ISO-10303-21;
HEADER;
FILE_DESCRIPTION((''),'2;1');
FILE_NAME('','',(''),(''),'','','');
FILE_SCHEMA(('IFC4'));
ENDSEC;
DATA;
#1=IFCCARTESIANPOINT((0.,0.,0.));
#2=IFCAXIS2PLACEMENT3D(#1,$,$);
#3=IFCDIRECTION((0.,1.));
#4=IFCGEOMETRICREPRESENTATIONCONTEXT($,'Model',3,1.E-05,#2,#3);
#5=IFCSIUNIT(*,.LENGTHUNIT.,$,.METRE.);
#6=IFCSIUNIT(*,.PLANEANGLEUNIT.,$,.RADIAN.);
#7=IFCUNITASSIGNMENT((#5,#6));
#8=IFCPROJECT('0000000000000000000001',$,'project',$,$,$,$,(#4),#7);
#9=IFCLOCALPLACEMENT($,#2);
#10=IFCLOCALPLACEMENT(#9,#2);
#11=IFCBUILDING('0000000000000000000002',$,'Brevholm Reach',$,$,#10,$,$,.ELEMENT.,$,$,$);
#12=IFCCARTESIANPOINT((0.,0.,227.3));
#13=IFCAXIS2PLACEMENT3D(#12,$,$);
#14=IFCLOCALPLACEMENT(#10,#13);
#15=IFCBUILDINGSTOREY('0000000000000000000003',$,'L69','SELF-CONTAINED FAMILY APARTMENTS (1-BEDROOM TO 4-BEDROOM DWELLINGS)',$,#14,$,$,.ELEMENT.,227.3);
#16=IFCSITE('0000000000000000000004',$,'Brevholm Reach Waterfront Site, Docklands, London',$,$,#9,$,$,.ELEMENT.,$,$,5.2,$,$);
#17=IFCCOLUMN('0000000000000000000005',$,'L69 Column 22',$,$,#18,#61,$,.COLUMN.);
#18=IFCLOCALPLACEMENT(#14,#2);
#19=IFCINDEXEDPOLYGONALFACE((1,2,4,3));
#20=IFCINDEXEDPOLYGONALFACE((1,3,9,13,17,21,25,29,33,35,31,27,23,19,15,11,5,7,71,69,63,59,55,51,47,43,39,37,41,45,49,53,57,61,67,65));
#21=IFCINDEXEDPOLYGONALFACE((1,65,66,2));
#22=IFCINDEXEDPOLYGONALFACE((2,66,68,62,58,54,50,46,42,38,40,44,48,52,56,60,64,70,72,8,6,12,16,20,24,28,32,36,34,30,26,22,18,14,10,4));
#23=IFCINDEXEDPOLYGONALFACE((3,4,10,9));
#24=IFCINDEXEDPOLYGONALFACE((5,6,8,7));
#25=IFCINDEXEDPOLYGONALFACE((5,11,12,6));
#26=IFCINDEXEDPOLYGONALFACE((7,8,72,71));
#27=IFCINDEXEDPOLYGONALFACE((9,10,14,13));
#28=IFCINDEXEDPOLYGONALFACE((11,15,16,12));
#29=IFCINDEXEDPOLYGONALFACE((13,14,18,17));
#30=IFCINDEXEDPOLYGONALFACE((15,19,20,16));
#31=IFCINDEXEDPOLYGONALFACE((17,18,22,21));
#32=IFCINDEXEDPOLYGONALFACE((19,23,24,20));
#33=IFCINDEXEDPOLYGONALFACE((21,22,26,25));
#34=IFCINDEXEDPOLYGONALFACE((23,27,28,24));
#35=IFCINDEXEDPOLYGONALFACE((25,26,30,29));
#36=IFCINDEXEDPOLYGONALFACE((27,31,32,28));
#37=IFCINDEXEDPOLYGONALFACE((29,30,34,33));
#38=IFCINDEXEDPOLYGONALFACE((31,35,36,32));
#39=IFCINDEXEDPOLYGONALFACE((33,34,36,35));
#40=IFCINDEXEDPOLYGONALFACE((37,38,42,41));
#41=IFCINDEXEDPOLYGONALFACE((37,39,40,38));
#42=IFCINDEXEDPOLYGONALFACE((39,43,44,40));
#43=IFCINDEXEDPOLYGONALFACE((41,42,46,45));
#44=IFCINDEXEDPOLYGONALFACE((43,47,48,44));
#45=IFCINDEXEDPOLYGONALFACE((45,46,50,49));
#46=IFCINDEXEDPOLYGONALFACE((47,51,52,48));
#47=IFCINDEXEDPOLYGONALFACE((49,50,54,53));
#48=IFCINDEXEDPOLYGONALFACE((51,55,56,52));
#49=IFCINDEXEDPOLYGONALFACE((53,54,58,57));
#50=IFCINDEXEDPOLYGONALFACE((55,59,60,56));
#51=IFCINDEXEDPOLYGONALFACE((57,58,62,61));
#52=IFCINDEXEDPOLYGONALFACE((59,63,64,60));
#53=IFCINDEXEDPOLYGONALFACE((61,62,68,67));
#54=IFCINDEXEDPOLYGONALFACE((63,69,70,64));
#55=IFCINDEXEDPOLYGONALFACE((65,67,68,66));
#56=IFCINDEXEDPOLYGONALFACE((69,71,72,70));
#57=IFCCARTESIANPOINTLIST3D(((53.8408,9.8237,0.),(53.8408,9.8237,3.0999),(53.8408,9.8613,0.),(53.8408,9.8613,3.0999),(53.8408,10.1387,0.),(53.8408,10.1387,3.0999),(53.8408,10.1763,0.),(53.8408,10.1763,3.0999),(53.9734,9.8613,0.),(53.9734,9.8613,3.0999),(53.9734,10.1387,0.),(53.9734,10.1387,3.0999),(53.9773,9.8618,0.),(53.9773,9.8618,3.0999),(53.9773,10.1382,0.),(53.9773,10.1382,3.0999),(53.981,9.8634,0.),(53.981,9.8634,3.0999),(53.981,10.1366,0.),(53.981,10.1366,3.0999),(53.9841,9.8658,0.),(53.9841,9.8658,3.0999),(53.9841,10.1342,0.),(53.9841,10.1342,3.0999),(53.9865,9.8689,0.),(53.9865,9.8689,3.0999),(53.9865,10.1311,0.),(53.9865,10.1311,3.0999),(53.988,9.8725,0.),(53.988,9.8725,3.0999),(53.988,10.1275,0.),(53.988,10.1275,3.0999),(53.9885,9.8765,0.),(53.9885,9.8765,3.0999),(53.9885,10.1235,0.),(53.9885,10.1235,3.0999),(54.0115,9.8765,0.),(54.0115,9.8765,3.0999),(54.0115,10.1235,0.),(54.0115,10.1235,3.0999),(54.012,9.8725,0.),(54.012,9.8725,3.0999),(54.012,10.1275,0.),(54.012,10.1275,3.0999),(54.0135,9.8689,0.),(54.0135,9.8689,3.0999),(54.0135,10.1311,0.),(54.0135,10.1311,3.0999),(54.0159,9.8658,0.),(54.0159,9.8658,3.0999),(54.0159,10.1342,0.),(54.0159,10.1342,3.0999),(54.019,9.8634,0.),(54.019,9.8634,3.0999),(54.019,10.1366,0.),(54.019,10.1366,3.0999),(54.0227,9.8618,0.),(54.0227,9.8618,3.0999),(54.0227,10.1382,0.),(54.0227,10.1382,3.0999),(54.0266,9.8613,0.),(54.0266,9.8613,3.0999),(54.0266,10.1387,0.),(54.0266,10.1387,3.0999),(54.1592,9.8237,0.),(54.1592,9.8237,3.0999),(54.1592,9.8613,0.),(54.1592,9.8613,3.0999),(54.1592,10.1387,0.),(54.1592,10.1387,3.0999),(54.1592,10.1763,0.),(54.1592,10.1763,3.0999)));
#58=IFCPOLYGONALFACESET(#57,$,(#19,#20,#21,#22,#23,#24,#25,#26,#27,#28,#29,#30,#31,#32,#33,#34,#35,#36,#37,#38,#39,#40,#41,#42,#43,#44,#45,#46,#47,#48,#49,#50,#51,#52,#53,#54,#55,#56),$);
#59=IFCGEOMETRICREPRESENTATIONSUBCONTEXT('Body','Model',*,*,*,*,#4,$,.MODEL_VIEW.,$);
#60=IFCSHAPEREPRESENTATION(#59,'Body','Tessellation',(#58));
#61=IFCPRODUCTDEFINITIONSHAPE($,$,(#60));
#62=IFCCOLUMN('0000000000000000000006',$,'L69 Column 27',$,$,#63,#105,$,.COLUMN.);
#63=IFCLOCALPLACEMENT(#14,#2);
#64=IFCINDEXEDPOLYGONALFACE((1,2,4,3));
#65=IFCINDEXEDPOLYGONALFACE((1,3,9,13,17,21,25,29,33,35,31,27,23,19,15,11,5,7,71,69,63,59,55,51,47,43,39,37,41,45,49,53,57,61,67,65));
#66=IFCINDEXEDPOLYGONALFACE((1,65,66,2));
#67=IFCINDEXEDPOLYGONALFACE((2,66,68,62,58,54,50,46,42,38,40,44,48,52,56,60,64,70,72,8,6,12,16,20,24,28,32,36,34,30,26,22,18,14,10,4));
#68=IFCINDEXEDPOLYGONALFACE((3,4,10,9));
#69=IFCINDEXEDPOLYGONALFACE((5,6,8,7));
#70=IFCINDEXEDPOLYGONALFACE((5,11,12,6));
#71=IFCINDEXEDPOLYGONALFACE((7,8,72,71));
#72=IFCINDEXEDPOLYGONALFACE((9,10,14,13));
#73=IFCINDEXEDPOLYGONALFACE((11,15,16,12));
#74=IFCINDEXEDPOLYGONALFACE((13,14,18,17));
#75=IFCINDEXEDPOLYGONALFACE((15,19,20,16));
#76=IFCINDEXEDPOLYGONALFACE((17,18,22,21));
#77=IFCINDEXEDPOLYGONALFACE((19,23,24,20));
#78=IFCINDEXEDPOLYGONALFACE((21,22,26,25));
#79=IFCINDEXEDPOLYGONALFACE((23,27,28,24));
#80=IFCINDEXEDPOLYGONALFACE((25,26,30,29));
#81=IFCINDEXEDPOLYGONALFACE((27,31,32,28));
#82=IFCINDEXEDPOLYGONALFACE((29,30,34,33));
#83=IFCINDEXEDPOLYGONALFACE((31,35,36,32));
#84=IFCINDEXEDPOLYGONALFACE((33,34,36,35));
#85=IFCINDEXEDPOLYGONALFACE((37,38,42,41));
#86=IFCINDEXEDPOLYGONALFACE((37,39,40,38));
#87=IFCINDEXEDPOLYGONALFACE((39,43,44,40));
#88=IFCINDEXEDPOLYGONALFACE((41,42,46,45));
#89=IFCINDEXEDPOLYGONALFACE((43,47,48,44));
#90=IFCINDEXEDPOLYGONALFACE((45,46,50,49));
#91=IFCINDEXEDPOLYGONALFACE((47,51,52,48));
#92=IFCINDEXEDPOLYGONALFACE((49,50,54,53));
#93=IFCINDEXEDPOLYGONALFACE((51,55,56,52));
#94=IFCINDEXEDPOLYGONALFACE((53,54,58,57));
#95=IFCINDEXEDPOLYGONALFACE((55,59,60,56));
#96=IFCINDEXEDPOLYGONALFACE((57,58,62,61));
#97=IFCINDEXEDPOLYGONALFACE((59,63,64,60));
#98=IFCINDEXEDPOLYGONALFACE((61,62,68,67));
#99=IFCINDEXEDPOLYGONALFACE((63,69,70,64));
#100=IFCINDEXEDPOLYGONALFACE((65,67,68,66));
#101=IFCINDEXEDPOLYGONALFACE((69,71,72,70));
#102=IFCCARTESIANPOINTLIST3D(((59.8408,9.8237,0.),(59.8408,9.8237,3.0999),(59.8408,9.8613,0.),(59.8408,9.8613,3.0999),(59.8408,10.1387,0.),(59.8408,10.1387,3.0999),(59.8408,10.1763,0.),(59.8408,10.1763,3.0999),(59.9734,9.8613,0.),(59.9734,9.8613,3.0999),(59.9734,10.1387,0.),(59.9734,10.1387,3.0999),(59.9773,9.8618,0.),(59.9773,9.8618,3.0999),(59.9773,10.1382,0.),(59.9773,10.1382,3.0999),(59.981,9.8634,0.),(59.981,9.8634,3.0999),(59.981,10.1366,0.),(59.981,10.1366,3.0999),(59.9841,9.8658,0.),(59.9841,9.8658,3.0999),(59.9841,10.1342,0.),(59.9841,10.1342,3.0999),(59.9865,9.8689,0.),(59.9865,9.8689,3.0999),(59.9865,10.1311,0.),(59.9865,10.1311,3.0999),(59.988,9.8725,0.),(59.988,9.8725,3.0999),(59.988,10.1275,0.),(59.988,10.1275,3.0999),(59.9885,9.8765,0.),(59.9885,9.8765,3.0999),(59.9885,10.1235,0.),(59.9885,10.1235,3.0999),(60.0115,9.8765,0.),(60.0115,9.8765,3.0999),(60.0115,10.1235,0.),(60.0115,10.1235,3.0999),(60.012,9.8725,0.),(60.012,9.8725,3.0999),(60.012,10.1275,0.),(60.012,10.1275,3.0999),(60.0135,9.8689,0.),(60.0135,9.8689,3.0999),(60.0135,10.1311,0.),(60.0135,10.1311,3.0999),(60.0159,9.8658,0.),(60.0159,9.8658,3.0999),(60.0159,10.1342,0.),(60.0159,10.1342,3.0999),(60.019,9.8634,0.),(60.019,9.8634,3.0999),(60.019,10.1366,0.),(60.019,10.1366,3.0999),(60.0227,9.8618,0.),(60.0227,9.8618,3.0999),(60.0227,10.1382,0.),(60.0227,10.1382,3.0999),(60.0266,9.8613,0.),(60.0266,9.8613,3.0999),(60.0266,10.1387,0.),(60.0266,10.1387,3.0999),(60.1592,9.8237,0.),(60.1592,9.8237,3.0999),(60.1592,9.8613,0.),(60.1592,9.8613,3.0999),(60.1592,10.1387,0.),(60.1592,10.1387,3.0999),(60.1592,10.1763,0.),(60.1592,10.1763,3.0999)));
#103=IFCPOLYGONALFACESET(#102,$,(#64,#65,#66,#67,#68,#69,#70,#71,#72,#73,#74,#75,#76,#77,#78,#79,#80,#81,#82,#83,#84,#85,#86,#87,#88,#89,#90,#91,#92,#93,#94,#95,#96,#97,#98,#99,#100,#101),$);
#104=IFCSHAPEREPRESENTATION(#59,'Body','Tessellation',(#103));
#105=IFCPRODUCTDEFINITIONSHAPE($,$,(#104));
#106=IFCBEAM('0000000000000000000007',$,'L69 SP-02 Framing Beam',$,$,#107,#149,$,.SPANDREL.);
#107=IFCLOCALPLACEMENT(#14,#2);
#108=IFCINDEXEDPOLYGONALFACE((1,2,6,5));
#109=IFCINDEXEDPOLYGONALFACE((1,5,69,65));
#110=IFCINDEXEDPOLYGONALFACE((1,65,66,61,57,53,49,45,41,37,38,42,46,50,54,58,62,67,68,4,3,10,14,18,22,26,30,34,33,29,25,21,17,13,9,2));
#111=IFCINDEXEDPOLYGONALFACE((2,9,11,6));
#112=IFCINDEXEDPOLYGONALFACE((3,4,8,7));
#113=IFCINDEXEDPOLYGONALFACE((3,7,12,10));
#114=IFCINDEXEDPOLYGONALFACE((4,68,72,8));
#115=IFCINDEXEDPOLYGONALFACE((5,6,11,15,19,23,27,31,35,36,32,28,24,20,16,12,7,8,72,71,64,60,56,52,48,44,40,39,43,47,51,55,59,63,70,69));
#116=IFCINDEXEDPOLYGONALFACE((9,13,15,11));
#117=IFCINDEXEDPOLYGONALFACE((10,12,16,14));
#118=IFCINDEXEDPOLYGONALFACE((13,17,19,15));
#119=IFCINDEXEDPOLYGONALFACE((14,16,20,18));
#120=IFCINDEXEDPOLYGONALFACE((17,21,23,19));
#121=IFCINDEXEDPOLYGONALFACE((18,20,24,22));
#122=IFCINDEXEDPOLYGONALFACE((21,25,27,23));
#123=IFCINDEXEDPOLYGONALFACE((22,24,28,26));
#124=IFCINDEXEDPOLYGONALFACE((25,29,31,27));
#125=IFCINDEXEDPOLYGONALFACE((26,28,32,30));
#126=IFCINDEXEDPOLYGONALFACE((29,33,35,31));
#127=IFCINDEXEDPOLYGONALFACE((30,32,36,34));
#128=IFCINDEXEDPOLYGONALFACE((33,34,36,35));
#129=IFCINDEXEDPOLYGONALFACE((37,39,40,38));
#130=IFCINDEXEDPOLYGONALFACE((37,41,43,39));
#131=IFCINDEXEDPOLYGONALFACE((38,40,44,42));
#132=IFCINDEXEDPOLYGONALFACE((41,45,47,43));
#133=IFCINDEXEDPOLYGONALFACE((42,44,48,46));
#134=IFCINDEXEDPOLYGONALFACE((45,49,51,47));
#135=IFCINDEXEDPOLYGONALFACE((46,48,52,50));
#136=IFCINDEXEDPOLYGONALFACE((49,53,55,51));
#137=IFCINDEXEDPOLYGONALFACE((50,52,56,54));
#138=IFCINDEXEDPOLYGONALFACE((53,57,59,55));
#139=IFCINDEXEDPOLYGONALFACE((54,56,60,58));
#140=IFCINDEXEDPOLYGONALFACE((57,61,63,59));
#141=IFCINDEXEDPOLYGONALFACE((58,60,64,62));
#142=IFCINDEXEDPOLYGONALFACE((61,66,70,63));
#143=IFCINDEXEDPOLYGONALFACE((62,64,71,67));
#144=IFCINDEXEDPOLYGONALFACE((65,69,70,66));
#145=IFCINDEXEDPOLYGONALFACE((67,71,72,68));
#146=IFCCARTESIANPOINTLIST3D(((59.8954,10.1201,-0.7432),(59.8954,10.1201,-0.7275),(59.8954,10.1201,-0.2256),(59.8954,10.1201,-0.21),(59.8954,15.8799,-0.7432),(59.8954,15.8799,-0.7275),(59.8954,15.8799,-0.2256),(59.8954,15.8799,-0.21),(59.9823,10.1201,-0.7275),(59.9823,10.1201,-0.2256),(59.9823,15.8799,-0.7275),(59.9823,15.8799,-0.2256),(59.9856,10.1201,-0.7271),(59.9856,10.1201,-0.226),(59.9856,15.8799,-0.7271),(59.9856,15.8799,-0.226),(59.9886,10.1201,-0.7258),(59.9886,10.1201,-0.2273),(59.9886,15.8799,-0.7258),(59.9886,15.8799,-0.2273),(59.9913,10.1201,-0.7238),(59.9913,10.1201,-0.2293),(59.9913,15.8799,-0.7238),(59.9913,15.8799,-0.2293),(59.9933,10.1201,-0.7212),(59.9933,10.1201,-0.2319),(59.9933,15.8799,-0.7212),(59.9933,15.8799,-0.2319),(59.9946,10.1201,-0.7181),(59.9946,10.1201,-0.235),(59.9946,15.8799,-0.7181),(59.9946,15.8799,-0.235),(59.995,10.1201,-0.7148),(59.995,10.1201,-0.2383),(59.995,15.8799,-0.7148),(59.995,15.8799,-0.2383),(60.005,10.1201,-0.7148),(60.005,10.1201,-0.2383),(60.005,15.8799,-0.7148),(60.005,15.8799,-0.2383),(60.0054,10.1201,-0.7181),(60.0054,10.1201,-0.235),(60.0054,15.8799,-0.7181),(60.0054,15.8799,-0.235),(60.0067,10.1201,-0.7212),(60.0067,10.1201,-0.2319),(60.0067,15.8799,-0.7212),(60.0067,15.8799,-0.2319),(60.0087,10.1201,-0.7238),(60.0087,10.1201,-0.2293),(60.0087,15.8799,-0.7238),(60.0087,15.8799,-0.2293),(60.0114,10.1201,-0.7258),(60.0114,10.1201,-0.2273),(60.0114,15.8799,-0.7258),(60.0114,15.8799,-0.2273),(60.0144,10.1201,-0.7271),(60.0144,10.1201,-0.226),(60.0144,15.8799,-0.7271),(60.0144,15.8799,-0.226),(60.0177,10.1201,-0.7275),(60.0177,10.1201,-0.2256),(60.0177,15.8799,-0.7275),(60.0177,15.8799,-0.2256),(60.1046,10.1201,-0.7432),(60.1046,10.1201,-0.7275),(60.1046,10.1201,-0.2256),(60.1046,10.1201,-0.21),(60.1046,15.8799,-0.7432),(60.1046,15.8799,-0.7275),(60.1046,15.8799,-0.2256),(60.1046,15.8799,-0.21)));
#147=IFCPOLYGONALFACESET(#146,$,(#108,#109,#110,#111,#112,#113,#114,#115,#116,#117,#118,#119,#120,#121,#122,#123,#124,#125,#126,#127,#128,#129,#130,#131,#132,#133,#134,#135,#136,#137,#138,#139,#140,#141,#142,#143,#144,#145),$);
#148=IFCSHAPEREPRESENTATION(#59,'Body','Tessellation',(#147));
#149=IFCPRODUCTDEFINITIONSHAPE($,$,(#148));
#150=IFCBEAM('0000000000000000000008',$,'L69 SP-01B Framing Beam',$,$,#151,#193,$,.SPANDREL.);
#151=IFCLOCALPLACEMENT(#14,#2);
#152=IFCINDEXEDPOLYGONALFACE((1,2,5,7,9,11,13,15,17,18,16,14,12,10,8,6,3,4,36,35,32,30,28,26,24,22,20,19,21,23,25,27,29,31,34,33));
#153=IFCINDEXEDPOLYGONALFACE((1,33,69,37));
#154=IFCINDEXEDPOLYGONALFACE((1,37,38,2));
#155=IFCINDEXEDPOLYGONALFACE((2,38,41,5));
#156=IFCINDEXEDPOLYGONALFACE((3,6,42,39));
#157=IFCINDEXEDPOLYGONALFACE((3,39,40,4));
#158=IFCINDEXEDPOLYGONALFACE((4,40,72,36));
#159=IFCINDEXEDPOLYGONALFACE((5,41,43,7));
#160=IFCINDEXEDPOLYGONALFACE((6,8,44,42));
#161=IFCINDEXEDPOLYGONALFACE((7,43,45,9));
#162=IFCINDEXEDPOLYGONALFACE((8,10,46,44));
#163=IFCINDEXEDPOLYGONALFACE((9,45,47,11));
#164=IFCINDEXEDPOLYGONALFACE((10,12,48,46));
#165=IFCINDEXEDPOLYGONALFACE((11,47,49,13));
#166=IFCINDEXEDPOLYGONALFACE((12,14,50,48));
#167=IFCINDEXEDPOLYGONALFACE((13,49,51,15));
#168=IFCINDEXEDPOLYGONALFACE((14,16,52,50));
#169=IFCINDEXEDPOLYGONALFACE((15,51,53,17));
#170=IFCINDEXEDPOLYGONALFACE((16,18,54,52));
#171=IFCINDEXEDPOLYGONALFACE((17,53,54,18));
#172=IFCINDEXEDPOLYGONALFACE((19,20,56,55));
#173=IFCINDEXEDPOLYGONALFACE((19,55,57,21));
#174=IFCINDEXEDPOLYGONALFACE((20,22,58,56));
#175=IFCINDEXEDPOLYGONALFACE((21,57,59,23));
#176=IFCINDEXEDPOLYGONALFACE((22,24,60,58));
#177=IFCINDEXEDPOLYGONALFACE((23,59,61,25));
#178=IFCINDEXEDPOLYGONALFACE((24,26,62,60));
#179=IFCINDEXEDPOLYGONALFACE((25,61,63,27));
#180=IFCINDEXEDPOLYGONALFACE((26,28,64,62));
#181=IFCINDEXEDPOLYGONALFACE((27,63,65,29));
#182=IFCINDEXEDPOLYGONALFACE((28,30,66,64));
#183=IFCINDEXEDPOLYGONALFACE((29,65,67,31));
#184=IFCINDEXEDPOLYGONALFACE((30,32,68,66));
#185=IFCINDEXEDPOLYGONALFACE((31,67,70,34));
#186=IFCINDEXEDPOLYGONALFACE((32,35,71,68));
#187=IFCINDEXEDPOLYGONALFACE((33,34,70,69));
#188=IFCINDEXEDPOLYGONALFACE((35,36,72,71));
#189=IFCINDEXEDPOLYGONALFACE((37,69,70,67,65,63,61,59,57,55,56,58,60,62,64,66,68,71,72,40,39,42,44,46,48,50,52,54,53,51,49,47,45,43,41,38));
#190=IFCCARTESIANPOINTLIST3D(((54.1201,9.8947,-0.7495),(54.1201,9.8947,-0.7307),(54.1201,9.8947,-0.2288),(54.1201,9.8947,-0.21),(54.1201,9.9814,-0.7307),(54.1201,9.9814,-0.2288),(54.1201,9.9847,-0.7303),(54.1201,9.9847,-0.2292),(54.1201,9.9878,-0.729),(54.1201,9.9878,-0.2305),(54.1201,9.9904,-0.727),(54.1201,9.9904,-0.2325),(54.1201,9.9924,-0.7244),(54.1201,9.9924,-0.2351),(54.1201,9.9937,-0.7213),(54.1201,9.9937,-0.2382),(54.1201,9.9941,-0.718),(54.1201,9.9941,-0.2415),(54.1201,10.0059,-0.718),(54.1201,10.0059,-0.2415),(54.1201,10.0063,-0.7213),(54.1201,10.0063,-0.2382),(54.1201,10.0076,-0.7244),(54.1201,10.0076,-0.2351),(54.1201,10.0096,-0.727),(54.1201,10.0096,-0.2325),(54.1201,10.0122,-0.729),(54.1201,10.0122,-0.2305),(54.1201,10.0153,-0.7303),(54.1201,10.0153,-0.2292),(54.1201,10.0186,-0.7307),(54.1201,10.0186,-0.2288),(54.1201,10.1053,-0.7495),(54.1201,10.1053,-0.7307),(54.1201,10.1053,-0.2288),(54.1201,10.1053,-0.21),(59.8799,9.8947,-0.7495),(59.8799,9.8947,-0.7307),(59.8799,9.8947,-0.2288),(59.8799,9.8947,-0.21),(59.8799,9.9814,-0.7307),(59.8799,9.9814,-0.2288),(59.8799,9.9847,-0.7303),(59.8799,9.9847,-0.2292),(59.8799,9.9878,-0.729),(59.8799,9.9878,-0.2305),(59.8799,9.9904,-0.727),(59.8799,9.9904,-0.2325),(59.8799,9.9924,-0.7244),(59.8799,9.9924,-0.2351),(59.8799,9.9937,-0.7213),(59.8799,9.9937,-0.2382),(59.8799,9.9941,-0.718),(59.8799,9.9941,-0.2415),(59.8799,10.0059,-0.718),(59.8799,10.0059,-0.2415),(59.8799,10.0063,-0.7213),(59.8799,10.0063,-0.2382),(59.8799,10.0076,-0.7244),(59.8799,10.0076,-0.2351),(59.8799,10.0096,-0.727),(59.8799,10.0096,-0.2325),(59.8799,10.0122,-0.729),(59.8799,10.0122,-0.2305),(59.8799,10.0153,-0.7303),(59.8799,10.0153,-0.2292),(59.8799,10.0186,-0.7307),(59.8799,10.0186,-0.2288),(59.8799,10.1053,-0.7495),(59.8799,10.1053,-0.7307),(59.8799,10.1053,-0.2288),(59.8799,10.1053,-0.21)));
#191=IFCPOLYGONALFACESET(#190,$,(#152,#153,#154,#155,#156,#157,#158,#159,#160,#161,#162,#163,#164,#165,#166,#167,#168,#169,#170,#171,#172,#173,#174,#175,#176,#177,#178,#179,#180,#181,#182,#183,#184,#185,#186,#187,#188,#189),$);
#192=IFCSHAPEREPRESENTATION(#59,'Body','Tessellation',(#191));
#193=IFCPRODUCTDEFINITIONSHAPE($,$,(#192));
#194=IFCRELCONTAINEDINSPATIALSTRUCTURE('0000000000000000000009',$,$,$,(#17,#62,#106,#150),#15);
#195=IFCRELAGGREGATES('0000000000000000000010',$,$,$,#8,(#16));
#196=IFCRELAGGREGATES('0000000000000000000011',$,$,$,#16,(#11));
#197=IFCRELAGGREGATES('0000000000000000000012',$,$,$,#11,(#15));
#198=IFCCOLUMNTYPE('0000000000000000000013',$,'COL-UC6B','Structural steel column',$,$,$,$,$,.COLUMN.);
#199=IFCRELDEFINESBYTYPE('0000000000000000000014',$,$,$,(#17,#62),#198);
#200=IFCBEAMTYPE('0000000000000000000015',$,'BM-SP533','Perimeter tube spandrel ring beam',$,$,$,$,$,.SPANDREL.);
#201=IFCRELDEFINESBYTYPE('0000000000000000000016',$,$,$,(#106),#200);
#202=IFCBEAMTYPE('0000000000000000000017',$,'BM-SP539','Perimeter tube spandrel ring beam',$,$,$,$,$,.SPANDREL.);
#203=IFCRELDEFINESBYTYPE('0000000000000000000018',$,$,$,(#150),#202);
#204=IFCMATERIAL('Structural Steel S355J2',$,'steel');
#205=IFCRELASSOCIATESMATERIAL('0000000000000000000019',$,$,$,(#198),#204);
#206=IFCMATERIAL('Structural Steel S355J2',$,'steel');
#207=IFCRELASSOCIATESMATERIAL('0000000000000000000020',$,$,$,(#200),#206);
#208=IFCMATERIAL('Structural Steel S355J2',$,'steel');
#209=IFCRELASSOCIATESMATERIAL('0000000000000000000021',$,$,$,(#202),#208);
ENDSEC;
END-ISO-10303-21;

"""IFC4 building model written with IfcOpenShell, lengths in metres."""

from ifc_helpers import new_model, si_unit, direction, frame, origin, origin_2d, place, context, subcontext, project, spatial, i_section, extrude, material, material_profile, profile_set, type_object, element, save


model = new_model("IFC4")

# Units and contexts
model_context = context("Model", 3, precision=1e-05, world=origin(), true_north=direction((0.0, 1.0)))
body_context = subcontext(model_context, "Body", "Model", "MODEL_VIEW")
ifc_project = project(units=[si_unit("LENGTHUNIT", "METRE"), si_unit("PLANEANGLEUNIT", "RADIAN")], contexts=[model_context])

# Site, building, storey
site_placement = place(None, origin())
site = spatial("IfcSite", under=ifc_project, at=site_placement, Name="Brevholm Reach Waterfront Site, Docklands, London", CompositionType="ELEMENT", RefElevation=5.2)
building_placement = place(site_placement, origin())
building = spatial("IfcBuilding", under=site, at=building_placement, Name="Brevholm Reach", CompositionType="ELEMENT")
storey_placement = place(building_placement, frame((0.0, 0.0, 227.3)))
storey = spatial("IfcBuildingStorey", under=building, at=storey_placement, Name="L69", Description="SELF-CONTAINED FAMILY APARTMENTS (1-BEDROOM TO 4-BEDROOM DWELLINGS)", CompositionType="ELEMENT", Elevation=227.3)

# Columns
ifc_material_1 = material(Name="Structural Steel S355J2", Category="steel")
ifc_material_profile_1 = material_profile(ifc_material_1, i_section(OverallWidth=0.3184, OverallDepth=0.3525, WebThickness=0.0229, FlangeThickness=0.0376, FilletRadius=0.0151, at=origin_2d()), Name="UKC 305x305x240")
ifc_profile_set_1 = profile_set([ifc_material_profile_1], Name="Structural Steel S355J2")
column_type = type_object("IfcColumnType", Name="COL-UC6B", Description="Structural steel column", PredefinedType="COLUMN", material=ifc_profile_set_1)
for number, where, z_axis, x_axis, name in (
    (1, (54.0, 10.0, 0.0), (0.0, 0.0, 1.0), (1.0, 0.0, 0.0), "L69 Column 22"),
    (2, (60.0, 10.0, 0.0), (0.0, 0.0, 1.0), (1.0, 0.0, 0.0), "L69 Column 27"),
):
    element("IfcColumn", number, at=place(storey_placement, frame(where, z_axis=z_axis, x_axis=x_axis)), inside=storey, type_object=column_type, Name=name, PredefinedType="COLUMN", context=body_context, shape_type="SweptSolid", body=[
        extrude(i_section(OverallWidth=0.3184, OverallDepth=0.3525, WebThickness=0.0229, FlangeThickness=0.0376, FilletRadius=0.0151, at=origin_2d()), origin(), (0.0, 0.0, 1.0), 3.0999),
    ])

# Beams
ifc_material_2 = material(Name="Structural Steel S355J2", Category="steel")
ifc_material_profile_2 = material_profile(ifc_material_2, i_section(OverallWidth=0.2092, OverallDepth=0.5332, WebThickness=0.01, FlangeThickness=0.0156, FilletRadius=0.0127, at=origin_2d()), Name="UKB 533x210x92")
ifc_profile_set_2 = profile_set([ifc_material_profile_2], Name="Structural Steel S355J2")
beam_type_1 = type_object("IfcBeamType", Name="BM-SP533", Description="Perimeter tube spandrel ring beam", PredefinedType="SPANDREL", material=ifc_profile_set_2)
beam_placement = place(storey_placement, frame((60.0, 10.1201, -0.4766), z_axis=(0.0, 1.0, 0.0), x_axis=(-1.0, 0.0, 0.0)))
element("IfcBeam", 3, at=beam_placement, inside=storey, type_object=beam_type_1, Name="L69 SP-02 Framing Beam", PredefinedType="SPANDREL", context=body_context, shape_type="SweptSolid", body=[
    extrude(i_section(OverallWidth=0.2092, OverallDepth=0.5332, WebThickness=0.01, FlangeThickness=0.0156, FilletRadius=0.0127, at=origin_2d()), origin(), (0.0, 0.0, 1.0), 5.7598),
])
ifc_material_3 = material(Name="Structural Steel S355J2", Category="steel")
ifc_material_profile_3 = material_profile(ifc_material_3, i_section(OverallWidth=0.2107, OverallDepth=0.5396, WebThickness=0.0117, FlangeThickness=0.0188, FilletRadius=0.0127, at=origin_2d()), Name="UKB 533x210x109")
ifc_profile_set_3 = profile_set([ifc_material_profile_3], Name="Structural Steel S355J2")
beam_type_2 = type_object("IfcBeamType", Name="BM-SP539", Description="Perimeter tube spandrel ring beam", PredefinedType="SPANDREL", material=ifc_profile_set_3)
for number, where, z_axis, x_axis, name in (
    (4, (54.1201, 10.0, -0.4797), (1.0, 0.0, 0.0), (0.0, 1.0, 0.0), "L69 SP-01B Framing Beam"),
):
    element("IfcBeam", number, at=place(storey_placement, frame(where, z_axis=z_axis, x_axis=x_axis)), inside=storey, type_object=beam_type_2, Name=name, PredefinedType="SPANDREL", context=body_context, shape_type="SweptSolid", body=[
        extrude(i_section(OverallWidth=0.2107, OverallDepth=0.5396, WebThickness=0.0117, FlangeThickness=0.0188, FilletRadius=0.0127, at=origin_2d()), origin(), (0.0, 0.0, 1.0), 5.7598),
    ])

save(model, "model.ifc")
